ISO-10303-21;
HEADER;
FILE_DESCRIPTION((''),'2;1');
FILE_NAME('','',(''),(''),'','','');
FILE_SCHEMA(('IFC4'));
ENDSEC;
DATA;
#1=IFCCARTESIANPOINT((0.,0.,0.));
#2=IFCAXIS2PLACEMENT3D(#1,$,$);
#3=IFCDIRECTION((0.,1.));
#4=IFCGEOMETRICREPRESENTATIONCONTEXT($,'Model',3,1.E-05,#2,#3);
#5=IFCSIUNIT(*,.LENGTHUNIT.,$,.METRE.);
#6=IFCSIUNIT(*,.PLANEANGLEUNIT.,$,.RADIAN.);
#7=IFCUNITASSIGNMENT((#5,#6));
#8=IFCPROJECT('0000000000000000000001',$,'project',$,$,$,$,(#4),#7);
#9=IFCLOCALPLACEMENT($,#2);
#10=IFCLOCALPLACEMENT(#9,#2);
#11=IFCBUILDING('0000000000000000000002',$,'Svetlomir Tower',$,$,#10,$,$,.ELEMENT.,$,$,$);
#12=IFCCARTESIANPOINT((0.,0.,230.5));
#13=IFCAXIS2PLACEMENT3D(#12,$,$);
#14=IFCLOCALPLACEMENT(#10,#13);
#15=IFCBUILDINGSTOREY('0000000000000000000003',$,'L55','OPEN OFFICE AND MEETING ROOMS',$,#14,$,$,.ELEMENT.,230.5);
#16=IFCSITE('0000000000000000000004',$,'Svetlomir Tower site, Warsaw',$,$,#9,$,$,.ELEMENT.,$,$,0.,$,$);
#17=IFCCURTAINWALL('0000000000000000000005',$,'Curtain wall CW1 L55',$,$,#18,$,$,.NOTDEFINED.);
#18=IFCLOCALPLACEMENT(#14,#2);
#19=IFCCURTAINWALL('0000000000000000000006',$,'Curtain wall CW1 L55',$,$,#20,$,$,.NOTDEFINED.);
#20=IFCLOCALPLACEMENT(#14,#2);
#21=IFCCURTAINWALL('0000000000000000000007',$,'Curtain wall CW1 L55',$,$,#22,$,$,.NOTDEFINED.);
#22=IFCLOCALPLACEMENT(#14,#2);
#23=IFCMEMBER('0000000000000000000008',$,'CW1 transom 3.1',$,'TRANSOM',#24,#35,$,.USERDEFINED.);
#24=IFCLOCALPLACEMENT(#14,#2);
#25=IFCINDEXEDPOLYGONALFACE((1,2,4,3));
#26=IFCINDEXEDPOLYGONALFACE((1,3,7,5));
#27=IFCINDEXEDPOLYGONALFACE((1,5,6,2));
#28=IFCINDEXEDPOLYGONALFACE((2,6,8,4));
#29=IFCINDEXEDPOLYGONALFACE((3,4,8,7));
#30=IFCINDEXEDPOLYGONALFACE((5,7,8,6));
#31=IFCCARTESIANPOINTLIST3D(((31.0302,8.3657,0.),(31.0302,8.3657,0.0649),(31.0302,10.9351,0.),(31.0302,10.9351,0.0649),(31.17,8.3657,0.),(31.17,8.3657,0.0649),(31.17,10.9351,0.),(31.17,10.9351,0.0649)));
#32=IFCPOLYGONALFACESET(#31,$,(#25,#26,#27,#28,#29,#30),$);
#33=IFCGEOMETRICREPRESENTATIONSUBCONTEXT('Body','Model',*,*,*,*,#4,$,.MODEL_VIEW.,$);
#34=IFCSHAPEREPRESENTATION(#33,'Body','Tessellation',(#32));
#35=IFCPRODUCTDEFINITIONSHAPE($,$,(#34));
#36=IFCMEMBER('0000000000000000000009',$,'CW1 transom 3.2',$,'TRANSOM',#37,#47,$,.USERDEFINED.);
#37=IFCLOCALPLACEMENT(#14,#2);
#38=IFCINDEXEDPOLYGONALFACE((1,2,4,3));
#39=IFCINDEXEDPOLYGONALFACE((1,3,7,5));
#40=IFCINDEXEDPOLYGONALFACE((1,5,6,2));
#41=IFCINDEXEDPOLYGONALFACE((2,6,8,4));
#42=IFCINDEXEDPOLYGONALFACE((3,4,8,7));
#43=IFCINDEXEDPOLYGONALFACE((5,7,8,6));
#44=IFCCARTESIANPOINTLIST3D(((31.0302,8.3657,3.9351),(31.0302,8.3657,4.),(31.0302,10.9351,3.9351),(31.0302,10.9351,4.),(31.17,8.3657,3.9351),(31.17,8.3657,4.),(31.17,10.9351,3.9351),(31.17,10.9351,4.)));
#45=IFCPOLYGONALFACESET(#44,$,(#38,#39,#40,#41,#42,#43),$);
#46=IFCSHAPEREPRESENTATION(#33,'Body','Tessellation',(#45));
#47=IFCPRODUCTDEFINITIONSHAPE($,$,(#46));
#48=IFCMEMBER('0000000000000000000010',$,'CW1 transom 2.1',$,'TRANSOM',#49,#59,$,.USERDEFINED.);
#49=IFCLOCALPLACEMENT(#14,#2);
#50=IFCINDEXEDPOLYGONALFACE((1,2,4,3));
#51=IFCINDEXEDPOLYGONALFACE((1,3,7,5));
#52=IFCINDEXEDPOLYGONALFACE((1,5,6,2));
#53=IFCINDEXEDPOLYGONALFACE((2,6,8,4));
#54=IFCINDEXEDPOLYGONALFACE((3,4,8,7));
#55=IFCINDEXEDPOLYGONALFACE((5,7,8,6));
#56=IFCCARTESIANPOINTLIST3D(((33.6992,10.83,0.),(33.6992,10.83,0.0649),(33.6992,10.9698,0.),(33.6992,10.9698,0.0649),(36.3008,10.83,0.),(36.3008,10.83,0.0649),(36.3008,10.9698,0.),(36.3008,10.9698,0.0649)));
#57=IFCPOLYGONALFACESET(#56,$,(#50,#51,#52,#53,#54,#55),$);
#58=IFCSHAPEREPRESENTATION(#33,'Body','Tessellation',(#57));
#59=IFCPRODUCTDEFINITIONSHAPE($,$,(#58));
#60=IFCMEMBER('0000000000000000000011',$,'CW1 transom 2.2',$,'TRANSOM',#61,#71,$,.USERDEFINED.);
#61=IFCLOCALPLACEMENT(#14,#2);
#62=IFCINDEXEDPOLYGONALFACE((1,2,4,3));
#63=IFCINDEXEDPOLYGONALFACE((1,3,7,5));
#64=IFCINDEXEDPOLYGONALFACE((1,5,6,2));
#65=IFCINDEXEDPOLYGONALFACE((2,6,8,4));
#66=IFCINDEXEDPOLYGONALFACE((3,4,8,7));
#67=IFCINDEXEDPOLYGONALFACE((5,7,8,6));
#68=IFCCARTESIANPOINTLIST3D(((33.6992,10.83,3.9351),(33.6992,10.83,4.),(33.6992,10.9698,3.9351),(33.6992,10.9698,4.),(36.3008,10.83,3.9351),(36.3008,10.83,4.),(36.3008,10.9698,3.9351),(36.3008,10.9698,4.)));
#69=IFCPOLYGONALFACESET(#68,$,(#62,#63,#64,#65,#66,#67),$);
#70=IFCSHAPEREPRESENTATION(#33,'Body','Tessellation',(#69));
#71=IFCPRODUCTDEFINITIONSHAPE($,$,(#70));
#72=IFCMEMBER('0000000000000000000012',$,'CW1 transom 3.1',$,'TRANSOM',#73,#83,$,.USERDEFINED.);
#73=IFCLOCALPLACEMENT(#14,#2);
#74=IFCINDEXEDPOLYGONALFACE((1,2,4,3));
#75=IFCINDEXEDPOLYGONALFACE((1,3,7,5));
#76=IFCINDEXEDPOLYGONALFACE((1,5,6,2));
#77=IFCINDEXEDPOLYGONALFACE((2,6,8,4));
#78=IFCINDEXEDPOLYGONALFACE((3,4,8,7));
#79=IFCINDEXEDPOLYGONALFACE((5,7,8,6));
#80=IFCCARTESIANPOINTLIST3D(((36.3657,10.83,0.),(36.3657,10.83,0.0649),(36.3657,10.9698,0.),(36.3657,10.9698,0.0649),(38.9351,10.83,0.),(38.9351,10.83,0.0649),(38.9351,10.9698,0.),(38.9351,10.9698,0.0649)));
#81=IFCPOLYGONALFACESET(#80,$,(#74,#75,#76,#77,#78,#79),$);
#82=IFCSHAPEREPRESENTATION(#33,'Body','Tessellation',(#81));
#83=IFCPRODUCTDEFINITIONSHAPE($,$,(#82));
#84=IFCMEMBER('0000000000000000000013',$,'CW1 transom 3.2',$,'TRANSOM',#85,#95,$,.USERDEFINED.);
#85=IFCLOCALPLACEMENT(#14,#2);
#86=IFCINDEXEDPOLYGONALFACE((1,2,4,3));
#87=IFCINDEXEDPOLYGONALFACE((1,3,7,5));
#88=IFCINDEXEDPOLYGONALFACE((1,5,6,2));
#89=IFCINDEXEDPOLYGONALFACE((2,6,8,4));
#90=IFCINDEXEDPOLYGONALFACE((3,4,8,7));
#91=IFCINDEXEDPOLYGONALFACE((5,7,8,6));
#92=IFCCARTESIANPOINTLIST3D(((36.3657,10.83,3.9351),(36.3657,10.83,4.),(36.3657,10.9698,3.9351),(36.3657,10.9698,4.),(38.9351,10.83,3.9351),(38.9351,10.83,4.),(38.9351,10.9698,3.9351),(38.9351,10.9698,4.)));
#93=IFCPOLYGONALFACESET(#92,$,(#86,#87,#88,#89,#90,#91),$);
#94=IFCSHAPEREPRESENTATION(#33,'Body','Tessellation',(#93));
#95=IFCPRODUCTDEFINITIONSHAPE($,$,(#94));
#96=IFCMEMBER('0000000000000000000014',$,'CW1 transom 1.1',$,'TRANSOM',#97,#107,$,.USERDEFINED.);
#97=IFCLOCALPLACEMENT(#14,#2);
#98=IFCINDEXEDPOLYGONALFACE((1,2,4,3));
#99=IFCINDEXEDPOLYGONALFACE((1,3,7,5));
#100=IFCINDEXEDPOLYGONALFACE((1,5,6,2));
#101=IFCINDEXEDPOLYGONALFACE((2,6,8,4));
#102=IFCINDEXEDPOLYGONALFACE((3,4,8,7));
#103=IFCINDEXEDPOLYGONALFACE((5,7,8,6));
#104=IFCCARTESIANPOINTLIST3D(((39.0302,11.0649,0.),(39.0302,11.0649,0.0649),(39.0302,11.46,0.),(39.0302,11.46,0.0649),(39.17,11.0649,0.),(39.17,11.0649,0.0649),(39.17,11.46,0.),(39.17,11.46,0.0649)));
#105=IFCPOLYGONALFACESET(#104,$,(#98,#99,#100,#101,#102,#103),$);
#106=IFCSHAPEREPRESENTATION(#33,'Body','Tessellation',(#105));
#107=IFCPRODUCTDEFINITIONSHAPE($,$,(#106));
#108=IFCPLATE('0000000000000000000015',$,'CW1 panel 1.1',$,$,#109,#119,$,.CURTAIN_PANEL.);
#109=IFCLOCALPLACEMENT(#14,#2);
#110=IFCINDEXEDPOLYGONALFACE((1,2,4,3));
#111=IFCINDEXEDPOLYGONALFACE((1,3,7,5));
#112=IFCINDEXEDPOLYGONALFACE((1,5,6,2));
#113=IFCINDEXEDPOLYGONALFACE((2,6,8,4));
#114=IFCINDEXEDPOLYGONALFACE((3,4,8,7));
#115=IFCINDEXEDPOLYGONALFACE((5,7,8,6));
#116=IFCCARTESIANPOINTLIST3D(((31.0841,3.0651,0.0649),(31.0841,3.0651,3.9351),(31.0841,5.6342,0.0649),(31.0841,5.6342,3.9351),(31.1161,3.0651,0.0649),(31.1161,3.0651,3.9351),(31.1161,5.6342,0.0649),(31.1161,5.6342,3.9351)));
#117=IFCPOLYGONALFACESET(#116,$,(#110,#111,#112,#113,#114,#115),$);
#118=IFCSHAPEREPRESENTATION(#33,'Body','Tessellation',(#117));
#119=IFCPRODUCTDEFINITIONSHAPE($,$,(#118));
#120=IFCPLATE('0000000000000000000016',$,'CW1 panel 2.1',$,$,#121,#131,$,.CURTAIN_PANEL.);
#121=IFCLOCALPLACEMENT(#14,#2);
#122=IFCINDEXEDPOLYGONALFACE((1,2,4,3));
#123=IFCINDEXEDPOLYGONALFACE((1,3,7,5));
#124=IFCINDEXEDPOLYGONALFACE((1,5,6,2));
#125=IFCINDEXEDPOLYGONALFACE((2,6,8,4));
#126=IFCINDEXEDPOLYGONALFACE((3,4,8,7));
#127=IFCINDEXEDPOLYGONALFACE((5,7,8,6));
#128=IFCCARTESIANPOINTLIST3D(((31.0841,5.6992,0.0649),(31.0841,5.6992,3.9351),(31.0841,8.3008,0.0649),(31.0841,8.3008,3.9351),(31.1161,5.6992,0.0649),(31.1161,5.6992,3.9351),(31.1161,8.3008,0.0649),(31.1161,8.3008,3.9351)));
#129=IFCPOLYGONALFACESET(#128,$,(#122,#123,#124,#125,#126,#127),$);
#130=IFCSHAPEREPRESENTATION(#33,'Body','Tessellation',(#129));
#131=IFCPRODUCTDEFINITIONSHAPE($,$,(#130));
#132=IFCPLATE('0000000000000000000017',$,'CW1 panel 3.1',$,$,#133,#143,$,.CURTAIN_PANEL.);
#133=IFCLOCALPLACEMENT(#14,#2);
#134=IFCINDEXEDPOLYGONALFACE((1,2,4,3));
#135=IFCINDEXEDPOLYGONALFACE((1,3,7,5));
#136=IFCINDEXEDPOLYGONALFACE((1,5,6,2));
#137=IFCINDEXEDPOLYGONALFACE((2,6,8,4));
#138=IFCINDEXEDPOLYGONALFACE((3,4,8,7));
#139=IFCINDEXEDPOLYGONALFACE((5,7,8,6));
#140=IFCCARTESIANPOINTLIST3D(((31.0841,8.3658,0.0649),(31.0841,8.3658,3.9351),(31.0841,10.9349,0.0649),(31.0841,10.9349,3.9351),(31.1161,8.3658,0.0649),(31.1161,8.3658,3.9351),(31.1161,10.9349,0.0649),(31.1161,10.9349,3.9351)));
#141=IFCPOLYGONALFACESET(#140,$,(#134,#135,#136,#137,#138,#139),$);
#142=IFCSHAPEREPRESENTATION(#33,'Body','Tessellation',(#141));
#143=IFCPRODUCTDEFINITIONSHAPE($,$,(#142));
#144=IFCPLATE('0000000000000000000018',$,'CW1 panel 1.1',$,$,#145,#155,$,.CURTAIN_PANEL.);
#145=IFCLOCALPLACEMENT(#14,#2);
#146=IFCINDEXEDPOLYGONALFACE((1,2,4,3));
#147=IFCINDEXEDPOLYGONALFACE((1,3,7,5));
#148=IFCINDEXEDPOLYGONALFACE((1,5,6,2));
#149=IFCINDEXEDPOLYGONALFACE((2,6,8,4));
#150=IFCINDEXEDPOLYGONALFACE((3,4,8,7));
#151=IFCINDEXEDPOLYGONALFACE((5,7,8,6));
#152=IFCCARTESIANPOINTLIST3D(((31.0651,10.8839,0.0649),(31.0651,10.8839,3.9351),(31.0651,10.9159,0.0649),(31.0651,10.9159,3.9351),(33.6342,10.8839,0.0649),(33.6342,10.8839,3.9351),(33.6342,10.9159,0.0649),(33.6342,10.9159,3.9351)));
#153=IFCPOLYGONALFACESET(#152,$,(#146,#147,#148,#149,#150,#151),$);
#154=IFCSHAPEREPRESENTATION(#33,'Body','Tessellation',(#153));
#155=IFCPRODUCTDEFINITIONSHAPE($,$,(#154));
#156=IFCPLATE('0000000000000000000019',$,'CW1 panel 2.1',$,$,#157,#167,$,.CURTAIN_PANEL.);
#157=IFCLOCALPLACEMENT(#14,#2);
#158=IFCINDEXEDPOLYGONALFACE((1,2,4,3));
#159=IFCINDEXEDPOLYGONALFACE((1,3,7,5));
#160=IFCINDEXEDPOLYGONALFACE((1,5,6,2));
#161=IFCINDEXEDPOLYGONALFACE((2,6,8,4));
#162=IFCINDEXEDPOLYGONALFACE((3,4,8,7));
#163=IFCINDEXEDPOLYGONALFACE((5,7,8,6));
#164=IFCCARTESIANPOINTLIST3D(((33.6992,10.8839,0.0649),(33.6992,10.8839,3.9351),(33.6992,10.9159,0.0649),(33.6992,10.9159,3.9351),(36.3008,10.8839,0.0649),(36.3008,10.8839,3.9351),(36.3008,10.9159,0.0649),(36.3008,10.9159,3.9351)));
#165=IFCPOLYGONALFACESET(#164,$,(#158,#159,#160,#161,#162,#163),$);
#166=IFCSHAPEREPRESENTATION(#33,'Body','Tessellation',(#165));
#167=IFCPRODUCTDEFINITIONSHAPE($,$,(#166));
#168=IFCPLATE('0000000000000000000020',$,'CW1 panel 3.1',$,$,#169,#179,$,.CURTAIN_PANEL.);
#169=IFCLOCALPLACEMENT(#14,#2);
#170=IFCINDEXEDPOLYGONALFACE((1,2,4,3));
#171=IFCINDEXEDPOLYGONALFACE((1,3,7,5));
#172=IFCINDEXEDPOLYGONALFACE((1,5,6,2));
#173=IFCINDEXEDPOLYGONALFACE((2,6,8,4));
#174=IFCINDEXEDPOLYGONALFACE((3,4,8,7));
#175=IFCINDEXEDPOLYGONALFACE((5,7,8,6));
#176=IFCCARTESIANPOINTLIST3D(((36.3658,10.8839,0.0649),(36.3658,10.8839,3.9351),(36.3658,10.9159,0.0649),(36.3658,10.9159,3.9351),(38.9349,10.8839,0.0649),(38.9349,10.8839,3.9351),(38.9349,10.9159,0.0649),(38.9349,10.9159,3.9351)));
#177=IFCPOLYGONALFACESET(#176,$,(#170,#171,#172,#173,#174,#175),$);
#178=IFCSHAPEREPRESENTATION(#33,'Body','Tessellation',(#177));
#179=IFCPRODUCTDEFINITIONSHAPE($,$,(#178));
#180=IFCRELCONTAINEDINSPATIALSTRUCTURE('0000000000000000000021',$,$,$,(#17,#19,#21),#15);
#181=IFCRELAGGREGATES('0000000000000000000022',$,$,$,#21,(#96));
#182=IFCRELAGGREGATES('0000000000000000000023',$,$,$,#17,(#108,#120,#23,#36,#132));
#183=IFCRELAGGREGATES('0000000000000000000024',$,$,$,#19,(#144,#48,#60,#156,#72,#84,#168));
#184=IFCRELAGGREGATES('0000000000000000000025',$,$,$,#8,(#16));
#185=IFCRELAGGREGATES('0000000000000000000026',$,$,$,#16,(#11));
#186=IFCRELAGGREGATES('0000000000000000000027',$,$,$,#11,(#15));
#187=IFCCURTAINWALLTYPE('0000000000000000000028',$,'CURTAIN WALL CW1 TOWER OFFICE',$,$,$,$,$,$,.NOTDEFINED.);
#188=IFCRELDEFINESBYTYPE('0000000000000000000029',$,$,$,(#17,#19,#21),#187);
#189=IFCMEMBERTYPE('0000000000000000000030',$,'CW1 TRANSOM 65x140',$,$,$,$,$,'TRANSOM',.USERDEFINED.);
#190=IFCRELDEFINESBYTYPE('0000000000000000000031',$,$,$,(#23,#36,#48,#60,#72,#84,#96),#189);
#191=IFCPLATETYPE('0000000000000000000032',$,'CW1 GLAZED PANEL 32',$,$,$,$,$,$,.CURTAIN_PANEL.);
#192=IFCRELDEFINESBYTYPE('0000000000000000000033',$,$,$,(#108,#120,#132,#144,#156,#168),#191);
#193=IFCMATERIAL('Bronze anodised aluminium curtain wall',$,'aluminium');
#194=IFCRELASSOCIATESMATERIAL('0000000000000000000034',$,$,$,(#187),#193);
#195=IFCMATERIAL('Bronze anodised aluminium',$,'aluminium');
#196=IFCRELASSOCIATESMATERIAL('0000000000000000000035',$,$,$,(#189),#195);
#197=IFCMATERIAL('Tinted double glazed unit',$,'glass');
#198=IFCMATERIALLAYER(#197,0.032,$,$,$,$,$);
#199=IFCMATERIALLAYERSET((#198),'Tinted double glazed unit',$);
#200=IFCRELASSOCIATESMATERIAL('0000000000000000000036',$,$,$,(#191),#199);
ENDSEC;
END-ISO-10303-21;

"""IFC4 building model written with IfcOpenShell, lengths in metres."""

from ifc_helpers import new_model, si_unit, direction, frame, origin, origin_2d, place, context, subcontext, project, spatial, rectangle, extrude, material, layer, layer_set, material_profile, profile_set, type_object, element, aggregate, save


model = new_model("IFC4")

# Units and contexts
model_context = context("Model", 3, precision=1e-05, world=origin(), true_north=direction((0.0, 1.0)))
body_context = subcontext(model_context, "Body", "Model", "MODEL_VIEW")
ifc_project = project(units=[si_unit("LENGTHUNIT", "METRE"), si_unit("PLANEANGLEUNIT", "RADIAN")], contexts=[model_context])

# Site, building, storey
site_placement = place(None, origin())
site = spatial("IfcSite", under=ifc_project, at=site_placement, Name="Svetlomir Tower site, Warsaw", CompositionType="ELEMENT", RefElevation=0.0)
building_placement = place(site_placement, origin())
building = spatial("IfcBuilding", under=site, at=building_placement, Name="Svetlomir Tower", CompositionType="ELEMENT")
storey_placement = place(building_placement, frame((0.0, 0.0, 230.5)))
storey = spatial("IfcBuildingStorey", under=building, at=storey_placement, Name="L55", Description="OPEN OFFICE AND MEETING ROOMS", CompositionType="ELEMENT", Elevation=230.5)

# Curtain walls
ifc_material_1 = material(Name="Bronze anodised aluminium curtain wall", Category="aluminium")
curtain_wall_type = type_object("IfcCurtainWallType", Name="CURTAIN WALL CW1 TOWER OFFICE", PredefinedType="NOTDEFINED", material=ifc_material_1)
curtain_wall_1_placement = place(storey_placement, origin())
curtain_wall_1 = element("IfcCurtainWall", 1, at=curtain_wall_1_placement, inside=storey, type_object=curtain_wall_type, Name="Curtain wall CW1 L55", PredefinedType="NOTDEFINED")
curtain_wall_2_placement = place(storey_placement, origin())
curtain_wall_2 = element("IfcCurtainWall", 2, at=curtain_wall_2_placement, inside=storey, type_object=curtain_wall_type, Name="Curtain wall CW1 L55", PredefinedType="NOTDEFINED")

# Curtain wall
curtain_wall_3_placement = place(storey_placement, origin())
curtain_wall_3 = element("IfcCurtainWall", 3, at=curtain_wall_3_placement, inside=storey, type_object=curtain_wall_type, Name="Curtain wall CW1 L55", PredefinedType="NOTDEFINED")

# Members
ifc_material_2 = material(Name="Bronze anodised aluminium", Category="aluminium")
ifc_material_profile_1 = material_profile(ifc_material_2, rectangle(XDim=0.1399, YDim=0.0649, at=origin_2d()), Name="AL 140x65")
ifc_profile_set_1 = profile_set([ifc_material_profile_1], Name="Bronze anodised aluminium 6063-T6")
member_type_1 = type_object("IfcMemberType", Name="CW1 TRANSOM 65x140", ElementType="TRANSOM", PredefinedType="USERDEFINED", material=ifc_profile_set_1)
member_1_placement = place(storey_placement, frame((31.1001, 8.3657, 0.0325), z_axis=(0.0, 1.0, 0.0), x_axis=(-1.0, 0.0, 0.0)))
member_1 = element("IfcMember", 4, at=member_1_placement, type_object=member_type_1, Name="CW1 transom 3.1", ObjectType="TRANSOM", PredefinedType="USERDEFINED", context=body_context, shape_type="SweptSolid", body=[
    extrude(rectangle(XDim=0.1399, YDim=0.0649, at=origin_2d()), origin(), (0.0, 0.0, 1.0), 2.5693),
])
member_2_placement = place(storey_placement, frame((31.1001, 8.3657, 3.9675), z_axis=(0.0, 1.0, 0.0), x_axis=(-1.0, 0.0, 0.0)))
member_2 = element("IfcMember", 5, at=member_2_placement, type_object=member_type_1, Name="CW1 transom 3.2", ObjectType="TRANSOM", PredefinedType="USERDEFINED", context=body_context, shape_type="SweptSolid", body=[
    extrude(rectangle(XDim=0.1399, YDim=0.0649, at=origin_2d()), origin(), (0.0, 0.0, 1.0), 2.5693),
])
member_3_placement = place(storey_placement, frame((33.6992, 10.8999, 0.0325), z_axis=(1.0, 0.0, 0.0), x_axis=(0.0, 1.0, 0.0)))
member_3 = element("IfcMember", 6, at=member_3_placement, type_object=member_type_1, Name="CW1 transom 2.1", ObjectType="TRANSOM", PredefinedType="USERDEFINED", context=body_context, shape_type="SweptSolid", body=[
    extrude(rectangle(XDim=0.1399, YDim=0.0649, at=origin_2d()), origin(), (0.0, 0.0, 1.0), 2.6016),
])
member_4_placement = place(storey_placement, frame((33.6992, 10.8999, 3.9675), z_axis=(1.0, 0.0, 0.0), x_axis=(0.0, 1.0, 0.0)))
member_4 = element("IfcMember", 7, at=member_4_placement, type_object=member_type_1, Name="CW1 transom 2.2", ObjectType="TRANSOM", PredefinedType="USERDEFINED", context=body_context, shape_type="SweptSolid", body=[
    extrude(rectangle(XDim=0.1399, YDim=0.0649, at=origin_2d()), origin(), (0.0, 0.0, 1.0), 2.6016),
])
member_5_placement = place(storey_placement, frame((36.3657, 10.8999, 0.0325), z_axis=(1.0, 0.0, 0.0), x_axis=(0.0, 1.0, 0.0)))
member_5 = element("IfcMember", 8, at=member_5_placement, type_object=member_type_1, Name="CW1 transom 3.1", ObjectType="TRANSOM", PredefinedType="USERDEFINED", context=body_context, shape_type="SweptSolid", body=[
    extrude(rectangle(XDim=0.1399, YDim=0.0649, at=origin_2d()), origin(), (0.0, 0.0, 1.0), 2.5693),
])
member_6_placement = place(storey_placement, frame((36.3657, 10.8999, 3.9675), z_axis=(1.0, 0.0, 0.0), x_axis=(0.0, 1.0, 0.0)))
member_6 = element("IfcMember", 9, at=member_6_placement, type_object=member_type_1, Name="CW1 transom 3.2", ObjectType="TRANSOM", PredefinedType="USERDEFINED", context=body_context, shape_type="SweptSolid", body=[
    extrude(rectangle(XDim=0.1399, YDim=0.0649, at=origin_2d()), origin(), (0.0, 0.0, 1.0), 2.5693),
])
member_7_placement = place(storey_placement, frame((39.1001, 11.0649, 0.0325), z_axis=(0.0, 1.0, 0.0), x_axis=(-1.0, 0.0, 0.0)))
member_7 = element("IfcMember", 10, at=member_7_placement, type_object=member_type_1, Name="CW1 transom 1.1", ObjectType="TRANSOM", PredefinedType="USERDEFINED", context=body_context, shape_type="SweptSolid", body=[
    extrude(rectangle(XDim=0.1399, YDim=0.0649, at=origin_2d()), origin(), (0.0, 0.0, 1.0), 0.395),
])
aggregate(curtain_wall_3, [member_7])

# Plates
ifc_material_3 = material(Name="Tinted double glazed unit", Category="glass")
ifc_layer = layer(ifc_material_3, 0.032)
ifc_layer_set = layer_set([ifc_layer], Name="Tinted double glazed unit")
plate_type = type_object("IfcPlateType", Name="CW1 GLAZED PANEL 32", PredefinedType="CURTAIN_PANEL", material=ifc_layer_set)
plate_1_placement = place(storey_placement, frame((31.1001, 4.3496, 0.0649), z_axis=(0.0, 0.0, 1.0), x_axis=(0.0, 1.0, 0.0)))
plate_1 = element("IfcPlate", 11, at=plate_1_placement, type_object=plate_type, Name="CW1 panel 1.1", PredefinedType="CURTAIN_PANEL", context=body_context, shape_type="SweptSolid", body=[
    extrude(rectangle(XDim=2.5691, YDim=0.032, at=origin_2d()), origin(), (0.0, 0.0, 1.0), 3.8701),
])
plate_2_placement = place(storey_placement, frame((31.1001, 7.0, 0.0649), z_axis=(0.0, 0.0, 1.0), x_axis=(0.0, 1.0, 0.0)))
plate_2 = element("IfcPlate", 12, at=plate_2_placement, type_object=plate_type, Name="CW1 panel 2.1", PredefinedType="CURTAIN_PANEL", context=body_context, shape_type="SweptSolid", body=[
    extrude(rectangle(XDim=2.6016, YDim=0.032, at=origin_2d()), origin(), (0.0, 0.0, 1.0), 3.8701),
])
plate_3_placement = place(storey_placement, frame((31.1001, 9.6504, 0.0649), z_axis=(0.0, 0.0, 1.0), x_axis=(0.0, 1.0, 0.0)))
plate_3 = element("IfcPlate", 13, at=plate_3_placement, type_object=plate_type, Name="CW1 panel 3.1", PredefinedType="CURTAIN_PANEL", context=body_context, shape_type="SweptSolid", body=[
    extrude(rectangle(XDim=2.5691, YDim=0.032, at=origin_2d()), origin(), (0.0, 0.0, 1.0), 3.8701),
])
aggregate(curtain_wall_1, [plate_1, plate_2, member_1, member_2, plate_3])
plate_4_placement = place(storey_placement, frame((32.3496, 10.8999, 0.0649), z_axis=(0.0, 0.0, 1.0), x_axis=(1.0, 0.0, 0.0)))
plate_4 = element("IfcPlate", 14, at=plate_4_placement, type_object=plate_type, Name="CW1 panel 1.1", PredefinedType="CURTAIN_PANEL", context=body_context, shape_type="SweptSolid", body=[
    extrude(rectangle(XDim=2.5691, YDim=0.032, at=origin_2d()), origin(), (0.0, 0.0, 1.0), 3.8701),
])
plate_5_placement = place(storey_placement, frame((35.0, 10.8999, 0.0649), z_axis=(0.0, 0.0, 1.0), x_axis=(1.0, 0.0, 0.0)))
plate_5 = element("IfcPlate", 15, at=plate_5_placement, type_object=plate_type, Name="CW1 panel 2.1", PredefinedType="CURTAIN_PANEL", context=body_context, shape_type="SweptSolid", body=[
    extrude(rectangle(XDim=2.6016, YDim=0.032, at=origin_2d()), origin(), (0.0, 0.0, 1.0), 3.8701),
])
plate_6_placement = place(storey_placement, frame((37.6504, 10.8999, 0.0649), z_axis=(0.0, 0.0, 1.0), x_axis=(1.0, 0.0, 0.0)))
plate_6 = element("IfcPlate", 16, at=plate_6_placement, type_object=plate_type, Name="CW1 panel 3.1", PredefinedType="CURTAIN_PANEL", context=body_context, shape_type="SweptSolid", body=[
    extrude(rectangle(XDim=2.5691, YDim=0.032, at=origin_2d()), origin(), (0.0, 0.0, 1.0), 3.8701),
])
aggregate(curtain_wall_2, [plate_4, member_3, member_4, plate_5, member_5, member_6, plate_6])

save(model, "model.ifc")
